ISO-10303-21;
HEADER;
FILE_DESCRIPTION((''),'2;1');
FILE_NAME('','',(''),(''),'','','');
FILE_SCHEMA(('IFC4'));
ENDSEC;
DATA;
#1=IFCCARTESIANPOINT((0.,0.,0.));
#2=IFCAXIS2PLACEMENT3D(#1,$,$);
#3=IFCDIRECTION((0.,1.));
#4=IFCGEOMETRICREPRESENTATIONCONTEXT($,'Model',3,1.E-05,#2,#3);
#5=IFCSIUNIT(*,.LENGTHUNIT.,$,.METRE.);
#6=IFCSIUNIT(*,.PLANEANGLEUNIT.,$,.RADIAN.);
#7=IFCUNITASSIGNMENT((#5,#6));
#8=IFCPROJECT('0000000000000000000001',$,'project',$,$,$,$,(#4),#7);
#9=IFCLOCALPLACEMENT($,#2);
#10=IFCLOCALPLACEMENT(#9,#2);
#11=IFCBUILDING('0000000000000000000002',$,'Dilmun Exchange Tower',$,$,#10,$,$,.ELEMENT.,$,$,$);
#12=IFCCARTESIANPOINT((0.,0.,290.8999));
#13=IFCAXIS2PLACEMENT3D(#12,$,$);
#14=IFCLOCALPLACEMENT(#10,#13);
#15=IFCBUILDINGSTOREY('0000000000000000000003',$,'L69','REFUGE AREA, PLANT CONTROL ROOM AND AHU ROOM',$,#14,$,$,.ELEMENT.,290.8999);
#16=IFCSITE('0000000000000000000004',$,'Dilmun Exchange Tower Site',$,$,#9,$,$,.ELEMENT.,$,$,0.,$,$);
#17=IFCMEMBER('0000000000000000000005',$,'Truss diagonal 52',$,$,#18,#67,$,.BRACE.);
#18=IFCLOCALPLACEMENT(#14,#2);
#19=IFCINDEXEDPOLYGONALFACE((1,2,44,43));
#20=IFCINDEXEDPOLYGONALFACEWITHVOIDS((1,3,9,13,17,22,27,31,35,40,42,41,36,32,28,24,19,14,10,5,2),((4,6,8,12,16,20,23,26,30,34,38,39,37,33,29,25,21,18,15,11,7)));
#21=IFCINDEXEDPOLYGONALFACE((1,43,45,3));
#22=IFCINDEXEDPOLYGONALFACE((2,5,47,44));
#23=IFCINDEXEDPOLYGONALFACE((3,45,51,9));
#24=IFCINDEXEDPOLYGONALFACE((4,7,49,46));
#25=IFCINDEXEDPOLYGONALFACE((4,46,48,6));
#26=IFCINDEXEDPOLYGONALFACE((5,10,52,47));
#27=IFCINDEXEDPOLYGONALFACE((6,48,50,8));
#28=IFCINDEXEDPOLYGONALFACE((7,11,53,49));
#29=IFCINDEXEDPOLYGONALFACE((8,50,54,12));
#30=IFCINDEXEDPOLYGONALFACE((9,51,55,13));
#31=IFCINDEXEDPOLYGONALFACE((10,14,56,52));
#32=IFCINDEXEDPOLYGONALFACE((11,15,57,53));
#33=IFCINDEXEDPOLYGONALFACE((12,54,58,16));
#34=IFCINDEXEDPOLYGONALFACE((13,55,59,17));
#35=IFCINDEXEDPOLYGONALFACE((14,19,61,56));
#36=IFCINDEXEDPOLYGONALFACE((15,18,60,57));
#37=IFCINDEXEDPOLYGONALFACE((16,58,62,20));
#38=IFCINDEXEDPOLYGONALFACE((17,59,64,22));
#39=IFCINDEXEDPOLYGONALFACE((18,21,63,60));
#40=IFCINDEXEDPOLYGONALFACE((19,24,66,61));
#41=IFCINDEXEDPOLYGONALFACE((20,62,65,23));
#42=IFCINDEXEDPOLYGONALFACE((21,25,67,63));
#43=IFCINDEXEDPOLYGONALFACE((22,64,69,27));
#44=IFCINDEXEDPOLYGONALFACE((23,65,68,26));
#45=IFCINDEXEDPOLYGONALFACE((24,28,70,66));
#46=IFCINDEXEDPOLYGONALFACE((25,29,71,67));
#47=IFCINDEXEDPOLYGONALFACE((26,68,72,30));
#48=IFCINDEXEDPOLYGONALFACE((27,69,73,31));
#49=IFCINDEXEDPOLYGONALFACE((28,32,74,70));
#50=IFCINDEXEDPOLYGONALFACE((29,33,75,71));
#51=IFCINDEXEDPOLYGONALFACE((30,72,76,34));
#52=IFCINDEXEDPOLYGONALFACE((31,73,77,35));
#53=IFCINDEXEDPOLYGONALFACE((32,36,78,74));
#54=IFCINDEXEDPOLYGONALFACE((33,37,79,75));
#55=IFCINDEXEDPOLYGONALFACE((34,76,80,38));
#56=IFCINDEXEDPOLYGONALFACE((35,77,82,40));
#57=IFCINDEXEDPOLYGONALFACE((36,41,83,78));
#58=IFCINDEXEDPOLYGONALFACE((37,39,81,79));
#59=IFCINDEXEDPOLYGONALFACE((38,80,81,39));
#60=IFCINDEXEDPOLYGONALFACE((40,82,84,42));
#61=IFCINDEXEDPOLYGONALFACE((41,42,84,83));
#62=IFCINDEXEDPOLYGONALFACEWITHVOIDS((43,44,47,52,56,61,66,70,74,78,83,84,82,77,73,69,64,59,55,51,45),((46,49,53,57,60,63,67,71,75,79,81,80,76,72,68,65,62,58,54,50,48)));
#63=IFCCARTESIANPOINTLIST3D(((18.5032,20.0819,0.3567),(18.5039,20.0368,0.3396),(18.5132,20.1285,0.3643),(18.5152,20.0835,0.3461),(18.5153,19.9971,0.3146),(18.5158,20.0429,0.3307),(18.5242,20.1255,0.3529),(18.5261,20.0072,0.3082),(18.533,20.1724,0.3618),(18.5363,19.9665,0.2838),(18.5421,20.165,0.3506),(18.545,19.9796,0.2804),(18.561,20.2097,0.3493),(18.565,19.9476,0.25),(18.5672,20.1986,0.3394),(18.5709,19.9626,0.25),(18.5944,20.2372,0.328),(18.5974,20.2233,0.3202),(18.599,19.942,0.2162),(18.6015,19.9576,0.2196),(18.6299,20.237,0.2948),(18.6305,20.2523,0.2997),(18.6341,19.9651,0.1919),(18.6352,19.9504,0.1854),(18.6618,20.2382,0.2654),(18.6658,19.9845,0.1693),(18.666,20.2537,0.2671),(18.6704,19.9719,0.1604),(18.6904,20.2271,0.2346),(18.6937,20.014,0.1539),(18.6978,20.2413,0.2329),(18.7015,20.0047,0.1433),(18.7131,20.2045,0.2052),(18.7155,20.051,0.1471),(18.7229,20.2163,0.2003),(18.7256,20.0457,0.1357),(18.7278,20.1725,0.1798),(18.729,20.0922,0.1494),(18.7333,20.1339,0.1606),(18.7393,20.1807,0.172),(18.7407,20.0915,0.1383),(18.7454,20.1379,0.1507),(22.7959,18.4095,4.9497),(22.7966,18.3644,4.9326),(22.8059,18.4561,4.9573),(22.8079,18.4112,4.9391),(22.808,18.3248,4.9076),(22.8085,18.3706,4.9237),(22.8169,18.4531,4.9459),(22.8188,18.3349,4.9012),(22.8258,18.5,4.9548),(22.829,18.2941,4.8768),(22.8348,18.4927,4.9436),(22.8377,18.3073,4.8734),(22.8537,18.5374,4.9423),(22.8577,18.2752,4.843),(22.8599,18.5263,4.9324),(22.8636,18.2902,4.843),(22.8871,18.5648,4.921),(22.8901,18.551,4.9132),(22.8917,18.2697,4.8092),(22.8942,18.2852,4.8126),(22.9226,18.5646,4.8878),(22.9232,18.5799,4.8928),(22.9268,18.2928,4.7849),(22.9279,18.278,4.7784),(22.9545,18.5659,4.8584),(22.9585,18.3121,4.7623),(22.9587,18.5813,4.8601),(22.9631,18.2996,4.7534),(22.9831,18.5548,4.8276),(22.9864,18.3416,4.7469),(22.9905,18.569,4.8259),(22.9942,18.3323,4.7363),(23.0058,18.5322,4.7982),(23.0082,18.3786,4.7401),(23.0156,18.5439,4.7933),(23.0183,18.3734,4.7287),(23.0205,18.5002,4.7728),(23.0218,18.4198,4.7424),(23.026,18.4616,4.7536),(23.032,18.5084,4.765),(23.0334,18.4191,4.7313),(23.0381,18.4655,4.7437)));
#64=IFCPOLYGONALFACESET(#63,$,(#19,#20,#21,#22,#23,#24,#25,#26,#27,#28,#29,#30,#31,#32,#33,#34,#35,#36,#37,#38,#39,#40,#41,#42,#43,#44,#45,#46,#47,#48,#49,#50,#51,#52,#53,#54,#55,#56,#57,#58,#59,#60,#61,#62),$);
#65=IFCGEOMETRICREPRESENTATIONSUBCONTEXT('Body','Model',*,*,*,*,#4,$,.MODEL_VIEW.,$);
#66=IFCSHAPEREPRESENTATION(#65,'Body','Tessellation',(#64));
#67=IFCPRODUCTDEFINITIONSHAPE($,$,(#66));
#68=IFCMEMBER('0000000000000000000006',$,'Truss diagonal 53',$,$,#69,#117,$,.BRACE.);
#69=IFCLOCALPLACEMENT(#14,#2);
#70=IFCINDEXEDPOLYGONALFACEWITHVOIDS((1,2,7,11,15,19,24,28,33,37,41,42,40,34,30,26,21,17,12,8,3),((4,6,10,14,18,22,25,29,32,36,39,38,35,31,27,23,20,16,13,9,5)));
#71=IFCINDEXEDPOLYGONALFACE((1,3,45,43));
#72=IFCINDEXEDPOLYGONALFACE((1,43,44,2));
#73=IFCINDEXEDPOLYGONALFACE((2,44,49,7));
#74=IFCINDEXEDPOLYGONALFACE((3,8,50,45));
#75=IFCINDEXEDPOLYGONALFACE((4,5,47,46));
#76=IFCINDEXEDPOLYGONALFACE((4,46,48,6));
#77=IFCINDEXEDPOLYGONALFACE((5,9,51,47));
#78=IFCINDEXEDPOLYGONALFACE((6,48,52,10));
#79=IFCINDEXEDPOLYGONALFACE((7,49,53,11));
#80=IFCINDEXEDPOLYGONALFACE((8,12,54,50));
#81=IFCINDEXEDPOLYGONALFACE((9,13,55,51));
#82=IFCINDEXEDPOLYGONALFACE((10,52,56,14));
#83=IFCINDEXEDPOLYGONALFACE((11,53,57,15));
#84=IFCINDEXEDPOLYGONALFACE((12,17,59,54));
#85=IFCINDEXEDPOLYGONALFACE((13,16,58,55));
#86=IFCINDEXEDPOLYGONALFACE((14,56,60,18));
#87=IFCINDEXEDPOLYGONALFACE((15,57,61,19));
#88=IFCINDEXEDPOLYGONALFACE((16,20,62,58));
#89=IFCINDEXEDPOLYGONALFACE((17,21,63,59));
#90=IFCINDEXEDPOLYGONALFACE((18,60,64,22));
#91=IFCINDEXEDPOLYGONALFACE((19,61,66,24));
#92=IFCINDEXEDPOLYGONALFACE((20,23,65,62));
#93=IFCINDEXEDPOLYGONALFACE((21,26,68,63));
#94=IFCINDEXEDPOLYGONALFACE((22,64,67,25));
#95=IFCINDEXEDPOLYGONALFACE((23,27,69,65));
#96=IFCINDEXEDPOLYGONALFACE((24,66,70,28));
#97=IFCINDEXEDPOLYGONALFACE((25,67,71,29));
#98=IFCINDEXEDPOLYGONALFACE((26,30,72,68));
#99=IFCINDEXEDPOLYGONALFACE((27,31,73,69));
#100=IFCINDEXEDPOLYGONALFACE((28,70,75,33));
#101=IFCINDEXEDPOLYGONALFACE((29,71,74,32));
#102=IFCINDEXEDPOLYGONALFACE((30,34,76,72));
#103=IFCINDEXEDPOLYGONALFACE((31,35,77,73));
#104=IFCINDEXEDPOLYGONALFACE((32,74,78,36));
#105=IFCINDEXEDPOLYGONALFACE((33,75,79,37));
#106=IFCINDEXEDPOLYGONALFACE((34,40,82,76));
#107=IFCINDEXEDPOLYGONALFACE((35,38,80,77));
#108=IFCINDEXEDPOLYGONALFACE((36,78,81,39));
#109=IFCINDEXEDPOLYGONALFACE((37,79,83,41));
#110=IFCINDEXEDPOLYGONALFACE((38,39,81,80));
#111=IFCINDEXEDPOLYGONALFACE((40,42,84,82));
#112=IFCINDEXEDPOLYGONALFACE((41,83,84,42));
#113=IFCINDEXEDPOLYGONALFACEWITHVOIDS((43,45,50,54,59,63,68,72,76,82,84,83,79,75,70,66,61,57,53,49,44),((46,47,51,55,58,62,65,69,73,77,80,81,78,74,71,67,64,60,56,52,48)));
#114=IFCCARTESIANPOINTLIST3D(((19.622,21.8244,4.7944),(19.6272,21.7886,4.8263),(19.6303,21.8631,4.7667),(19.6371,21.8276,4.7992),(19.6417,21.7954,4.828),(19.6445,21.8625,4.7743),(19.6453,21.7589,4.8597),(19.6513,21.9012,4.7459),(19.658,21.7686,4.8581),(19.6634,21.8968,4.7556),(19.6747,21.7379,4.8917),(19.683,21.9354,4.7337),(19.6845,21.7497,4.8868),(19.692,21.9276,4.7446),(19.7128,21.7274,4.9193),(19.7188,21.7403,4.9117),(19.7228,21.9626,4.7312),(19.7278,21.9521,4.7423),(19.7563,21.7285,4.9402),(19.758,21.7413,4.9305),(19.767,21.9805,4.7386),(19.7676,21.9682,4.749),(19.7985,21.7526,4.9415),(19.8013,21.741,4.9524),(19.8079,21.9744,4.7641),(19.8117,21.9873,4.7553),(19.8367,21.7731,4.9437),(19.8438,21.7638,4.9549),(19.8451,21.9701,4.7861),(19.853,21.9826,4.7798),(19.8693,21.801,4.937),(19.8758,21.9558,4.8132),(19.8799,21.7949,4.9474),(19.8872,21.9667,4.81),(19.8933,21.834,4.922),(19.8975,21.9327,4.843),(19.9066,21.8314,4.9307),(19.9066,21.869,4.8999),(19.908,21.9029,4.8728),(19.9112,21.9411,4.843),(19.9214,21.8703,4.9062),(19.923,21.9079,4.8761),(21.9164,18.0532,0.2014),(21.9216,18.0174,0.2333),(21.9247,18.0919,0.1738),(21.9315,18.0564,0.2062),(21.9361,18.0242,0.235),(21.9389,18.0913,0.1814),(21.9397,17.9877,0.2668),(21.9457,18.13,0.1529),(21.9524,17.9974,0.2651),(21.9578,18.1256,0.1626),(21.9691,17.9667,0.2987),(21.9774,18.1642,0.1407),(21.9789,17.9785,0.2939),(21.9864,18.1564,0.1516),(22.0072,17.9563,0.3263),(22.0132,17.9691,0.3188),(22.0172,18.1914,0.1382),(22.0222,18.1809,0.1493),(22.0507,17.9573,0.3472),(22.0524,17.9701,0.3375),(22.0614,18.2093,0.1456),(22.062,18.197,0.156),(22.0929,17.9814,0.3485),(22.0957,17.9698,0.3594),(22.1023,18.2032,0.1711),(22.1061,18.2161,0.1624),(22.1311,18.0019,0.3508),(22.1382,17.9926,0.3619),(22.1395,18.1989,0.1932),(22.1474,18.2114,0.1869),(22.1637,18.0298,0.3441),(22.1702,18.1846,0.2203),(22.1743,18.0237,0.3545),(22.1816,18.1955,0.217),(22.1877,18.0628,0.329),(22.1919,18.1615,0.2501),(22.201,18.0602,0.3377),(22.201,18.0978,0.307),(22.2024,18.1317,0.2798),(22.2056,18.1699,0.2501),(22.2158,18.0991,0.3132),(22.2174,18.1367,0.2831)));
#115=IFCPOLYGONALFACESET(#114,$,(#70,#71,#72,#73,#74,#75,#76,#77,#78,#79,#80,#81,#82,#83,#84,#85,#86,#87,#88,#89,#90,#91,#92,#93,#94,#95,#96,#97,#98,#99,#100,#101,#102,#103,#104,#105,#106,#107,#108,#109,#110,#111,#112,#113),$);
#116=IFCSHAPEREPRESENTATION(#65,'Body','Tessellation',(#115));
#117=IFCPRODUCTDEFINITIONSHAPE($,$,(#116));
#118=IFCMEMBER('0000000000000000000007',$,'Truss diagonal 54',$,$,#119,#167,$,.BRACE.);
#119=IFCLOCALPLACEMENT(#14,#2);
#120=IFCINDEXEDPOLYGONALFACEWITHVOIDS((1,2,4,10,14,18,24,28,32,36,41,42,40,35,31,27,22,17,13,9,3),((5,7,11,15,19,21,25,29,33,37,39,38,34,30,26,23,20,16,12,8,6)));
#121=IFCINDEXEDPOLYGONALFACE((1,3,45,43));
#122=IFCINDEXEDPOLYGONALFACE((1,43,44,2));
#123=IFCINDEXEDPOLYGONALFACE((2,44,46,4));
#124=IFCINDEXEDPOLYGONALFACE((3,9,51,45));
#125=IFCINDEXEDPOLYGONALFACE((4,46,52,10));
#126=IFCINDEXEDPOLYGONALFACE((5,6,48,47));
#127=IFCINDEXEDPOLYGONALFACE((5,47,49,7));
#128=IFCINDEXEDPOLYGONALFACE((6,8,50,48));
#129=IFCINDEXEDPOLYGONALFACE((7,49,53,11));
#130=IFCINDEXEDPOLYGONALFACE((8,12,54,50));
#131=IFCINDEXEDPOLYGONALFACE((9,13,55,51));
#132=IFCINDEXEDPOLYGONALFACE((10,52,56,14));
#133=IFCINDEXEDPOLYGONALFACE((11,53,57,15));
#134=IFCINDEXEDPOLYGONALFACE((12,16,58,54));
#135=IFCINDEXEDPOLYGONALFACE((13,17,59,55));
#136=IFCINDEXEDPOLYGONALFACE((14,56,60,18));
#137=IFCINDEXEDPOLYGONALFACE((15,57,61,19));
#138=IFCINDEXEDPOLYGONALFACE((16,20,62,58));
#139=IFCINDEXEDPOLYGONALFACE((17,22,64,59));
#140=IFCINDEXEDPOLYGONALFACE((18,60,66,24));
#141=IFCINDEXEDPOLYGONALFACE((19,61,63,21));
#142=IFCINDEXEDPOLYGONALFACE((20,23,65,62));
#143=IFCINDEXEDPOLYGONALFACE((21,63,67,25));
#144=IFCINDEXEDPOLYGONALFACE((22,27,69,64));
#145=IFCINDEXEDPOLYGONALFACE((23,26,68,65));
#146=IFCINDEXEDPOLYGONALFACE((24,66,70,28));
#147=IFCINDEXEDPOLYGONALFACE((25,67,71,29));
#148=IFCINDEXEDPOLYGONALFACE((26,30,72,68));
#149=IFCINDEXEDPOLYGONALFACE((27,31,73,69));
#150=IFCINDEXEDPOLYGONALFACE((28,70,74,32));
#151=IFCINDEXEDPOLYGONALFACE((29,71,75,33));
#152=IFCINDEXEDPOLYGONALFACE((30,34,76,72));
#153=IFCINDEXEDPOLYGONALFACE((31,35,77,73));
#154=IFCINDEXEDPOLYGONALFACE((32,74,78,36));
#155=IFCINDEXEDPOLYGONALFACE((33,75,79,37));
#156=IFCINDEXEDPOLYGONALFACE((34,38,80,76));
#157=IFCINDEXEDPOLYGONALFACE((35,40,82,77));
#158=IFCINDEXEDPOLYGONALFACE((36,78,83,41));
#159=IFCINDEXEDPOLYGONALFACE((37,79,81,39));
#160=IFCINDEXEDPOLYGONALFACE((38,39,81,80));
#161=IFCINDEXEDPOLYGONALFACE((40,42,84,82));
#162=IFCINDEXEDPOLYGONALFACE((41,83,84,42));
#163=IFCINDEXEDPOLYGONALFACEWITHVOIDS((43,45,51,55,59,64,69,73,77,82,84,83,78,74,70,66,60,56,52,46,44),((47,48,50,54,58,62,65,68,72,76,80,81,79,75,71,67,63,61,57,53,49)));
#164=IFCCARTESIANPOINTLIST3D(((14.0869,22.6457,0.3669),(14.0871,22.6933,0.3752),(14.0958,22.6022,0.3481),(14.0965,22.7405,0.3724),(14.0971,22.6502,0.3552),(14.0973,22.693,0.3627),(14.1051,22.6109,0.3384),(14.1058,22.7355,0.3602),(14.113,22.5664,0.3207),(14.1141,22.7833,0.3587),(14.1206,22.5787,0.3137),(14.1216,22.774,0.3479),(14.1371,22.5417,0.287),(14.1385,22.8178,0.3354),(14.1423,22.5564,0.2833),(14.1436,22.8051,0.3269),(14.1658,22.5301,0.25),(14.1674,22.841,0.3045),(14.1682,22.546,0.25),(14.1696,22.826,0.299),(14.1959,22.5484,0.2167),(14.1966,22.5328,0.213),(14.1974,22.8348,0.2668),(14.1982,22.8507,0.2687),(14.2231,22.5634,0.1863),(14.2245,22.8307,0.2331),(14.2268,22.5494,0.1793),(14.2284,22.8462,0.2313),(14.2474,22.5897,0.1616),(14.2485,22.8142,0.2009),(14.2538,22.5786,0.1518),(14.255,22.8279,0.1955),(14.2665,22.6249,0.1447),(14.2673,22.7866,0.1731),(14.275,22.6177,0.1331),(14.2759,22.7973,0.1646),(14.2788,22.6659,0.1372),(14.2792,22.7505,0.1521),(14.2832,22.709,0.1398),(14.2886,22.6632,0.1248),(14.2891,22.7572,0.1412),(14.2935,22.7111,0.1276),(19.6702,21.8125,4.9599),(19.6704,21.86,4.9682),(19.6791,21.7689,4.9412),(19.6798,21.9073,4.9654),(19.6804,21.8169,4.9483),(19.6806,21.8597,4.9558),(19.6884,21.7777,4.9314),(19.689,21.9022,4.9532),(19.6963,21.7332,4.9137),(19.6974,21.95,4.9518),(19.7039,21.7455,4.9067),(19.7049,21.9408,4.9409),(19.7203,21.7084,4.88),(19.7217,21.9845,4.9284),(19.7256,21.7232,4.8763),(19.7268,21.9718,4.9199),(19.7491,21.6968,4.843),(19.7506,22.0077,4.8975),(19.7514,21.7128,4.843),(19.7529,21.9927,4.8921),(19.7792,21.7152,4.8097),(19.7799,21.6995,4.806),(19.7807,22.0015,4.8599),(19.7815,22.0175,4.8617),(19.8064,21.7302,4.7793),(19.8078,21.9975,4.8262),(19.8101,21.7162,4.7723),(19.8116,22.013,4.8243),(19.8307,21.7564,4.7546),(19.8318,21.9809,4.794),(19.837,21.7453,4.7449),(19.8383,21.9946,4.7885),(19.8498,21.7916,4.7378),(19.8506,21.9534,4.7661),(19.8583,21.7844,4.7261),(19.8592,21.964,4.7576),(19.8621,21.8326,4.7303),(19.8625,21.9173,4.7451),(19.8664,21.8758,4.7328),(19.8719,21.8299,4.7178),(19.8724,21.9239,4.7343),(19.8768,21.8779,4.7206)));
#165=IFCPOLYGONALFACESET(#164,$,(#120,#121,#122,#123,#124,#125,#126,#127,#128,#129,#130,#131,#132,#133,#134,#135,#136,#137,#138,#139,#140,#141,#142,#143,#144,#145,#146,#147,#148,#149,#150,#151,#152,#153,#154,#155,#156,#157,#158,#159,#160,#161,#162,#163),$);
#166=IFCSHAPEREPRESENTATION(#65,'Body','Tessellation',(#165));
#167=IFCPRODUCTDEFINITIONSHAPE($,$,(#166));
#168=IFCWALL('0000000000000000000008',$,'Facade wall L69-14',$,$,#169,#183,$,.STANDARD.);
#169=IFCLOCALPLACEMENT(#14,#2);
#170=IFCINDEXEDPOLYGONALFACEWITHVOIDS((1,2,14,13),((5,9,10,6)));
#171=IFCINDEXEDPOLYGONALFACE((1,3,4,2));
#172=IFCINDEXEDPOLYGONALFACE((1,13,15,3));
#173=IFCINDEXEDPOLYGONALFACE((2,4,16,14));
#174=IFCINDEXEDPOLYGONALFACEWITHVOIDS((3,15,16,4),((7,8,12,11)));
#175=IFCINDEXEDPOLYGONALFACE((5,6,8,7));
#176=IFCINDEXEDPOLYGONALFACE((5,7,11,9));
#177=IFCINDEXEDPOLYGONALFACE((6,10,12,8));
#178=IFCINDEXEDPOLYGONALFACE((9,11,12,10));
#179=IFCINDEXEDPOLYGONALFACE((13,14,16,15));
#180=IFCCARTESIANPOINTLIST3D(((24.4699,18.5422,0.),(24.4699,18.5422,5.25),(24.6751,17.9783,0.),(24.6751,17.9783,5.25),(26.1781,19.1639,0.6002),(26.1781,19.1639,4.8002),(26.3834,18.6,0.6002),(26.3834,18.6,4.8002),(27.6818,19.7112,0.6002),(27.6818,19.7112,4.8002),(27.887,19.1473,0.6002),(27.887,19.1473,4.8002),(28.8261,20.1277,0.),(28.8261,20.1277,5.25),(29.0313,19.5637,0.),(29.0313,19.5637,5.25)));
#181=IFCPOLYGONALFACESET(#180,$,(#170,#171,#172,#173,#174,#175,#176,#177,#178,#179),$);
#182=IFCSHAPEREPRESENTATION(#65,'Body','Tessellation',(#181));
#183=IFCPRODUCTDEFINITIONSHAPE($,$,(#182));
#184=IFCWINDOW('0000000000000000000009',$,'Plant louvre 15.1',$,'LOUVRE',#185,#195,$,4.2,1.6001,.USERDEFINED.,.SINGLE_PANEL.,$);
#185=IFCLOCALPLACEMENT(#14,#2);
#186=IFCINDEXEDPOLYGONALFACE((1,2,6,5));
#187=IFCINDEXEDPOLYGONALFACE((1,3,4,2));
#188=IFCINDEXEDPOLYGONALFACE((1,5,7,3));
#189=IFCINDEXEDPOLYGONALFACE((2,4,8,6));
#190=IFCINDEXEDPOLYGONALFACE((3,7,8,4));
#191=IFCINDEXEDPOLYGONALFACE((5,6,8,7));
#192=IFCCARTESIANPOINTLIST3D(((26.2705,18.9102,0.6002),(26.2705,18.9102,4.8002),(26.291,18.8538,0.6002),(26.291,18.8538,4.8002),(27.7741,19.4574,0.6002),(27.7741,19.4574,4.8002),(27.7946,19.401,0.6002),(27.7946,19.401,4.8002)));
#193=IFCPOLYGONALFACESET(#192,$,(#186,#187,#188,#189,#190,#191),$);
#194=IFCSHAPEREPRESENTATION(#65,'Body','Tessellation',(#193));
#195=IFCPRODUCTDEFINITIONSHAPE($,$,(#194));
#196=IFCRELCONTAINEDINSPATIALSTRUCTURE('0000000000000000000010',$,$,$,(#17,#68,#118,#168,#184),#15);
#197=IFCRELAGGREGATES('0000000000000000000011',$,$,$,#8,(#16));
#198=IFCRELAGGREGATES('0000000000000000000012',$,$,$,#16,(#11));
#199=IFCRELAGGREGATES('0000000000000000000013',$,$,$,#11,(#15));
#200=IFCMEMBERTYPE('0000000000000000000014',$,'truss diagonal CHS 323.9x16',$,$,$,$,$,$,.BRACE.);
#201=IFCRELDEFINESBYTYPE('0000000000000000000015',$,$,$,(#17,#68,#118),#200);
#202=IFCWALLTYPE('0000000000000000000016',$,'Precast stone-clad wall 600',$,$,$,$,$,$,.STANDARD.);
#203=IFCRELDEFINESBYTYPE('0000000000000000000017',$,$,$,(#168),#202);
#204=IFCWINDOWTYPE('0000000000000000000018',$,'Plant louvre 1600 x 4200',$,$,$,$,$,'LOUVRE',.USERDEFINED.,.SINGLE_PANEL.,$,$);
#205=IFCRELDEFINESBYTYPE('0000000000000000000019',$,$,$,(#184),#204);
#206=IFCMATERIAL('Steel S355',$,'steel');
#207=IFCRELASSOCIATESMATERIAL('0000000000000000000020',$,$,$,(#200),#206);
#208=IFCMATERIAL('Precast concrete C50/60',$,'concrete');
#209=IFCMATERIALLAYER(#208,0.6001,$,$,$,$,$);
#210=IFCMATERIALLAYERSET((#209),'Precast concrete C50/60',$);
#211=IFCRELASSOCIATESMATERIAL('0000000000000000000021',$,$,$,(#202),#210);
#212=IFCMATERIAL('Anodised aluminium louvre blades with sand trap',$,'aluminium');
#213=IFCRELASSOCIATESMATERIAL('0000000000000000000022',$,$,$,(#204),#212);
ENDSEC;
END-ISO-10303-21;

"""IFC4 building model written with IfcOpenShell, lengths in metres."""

from ifc_helpers import new_model, si_unit, direction, frame, frame_2d, origin, origin_2d, place, context, subcontext, project, spatial, rectangle, hollow_circle, extrude, material, layer, layer_set, material_profile, profile_set, type_object, element, fill, save


model = new_model("IFC4")

# Units and contexts
model_context = context("Model", 3, precision=1e-05, world=origin(), true_north=direction((0.0, 1.0)))
body_context = subcontext(model_context, "Body", "Model", "MODEL_VIEW")
ifc_project = project(units=[si_unit("LENGTHUNIT", "METRE"), si_unit("PLANEANGLEUNIT", "RADIAN")], contexts=[model_context])

# Site, building, storey
site_placement = place(None, origin())
site = spatial("IfcSite", under=ifc_project, at=site_placement, Name="Dilmun Exchange Tower Site", CompositionType="ELEMENT", RefElevation=0.0)
building_placement = place(site_placement, origin())
building = spatial("IfcBuilding", under=site, at=building_placement, Name="Dilmun Exchange Tower", CompositionType="ELEMENT")
storey_placement = place(building_placement, frame((0.0, 0.0, 290.8999)))
storey = spatial("IfcBuildingStorey", under=building, at=storey_placement, Name="L69", Description="REFUGE AREA, PLANT CONTROL ROOM AND AHU ROOM", CompositionType="ELEMENT", Elevation=290.8999)

# Shared definitions
ifc_material_1 = material(Name="Steel S355", Category="steel")

# Members
ifc_material_profile_1 = material_profile(ifc_material_1, hollow_circle(Radius=0.1619, WallThickness=0.0161, at=origin_2d()), Name="CHS 323.9x16")
ifc_profile_set_1 = profile_set([ifc_material_profile_1], Name="Steel S355")
member_type = type_object("IfcMemberType", Name="truss diagonal CHS 323.9x16", PredefinedType="BRACE", material=ifc_profile_set_1)
member_1_placement = place(storey_placement, frame((22.9165, 18.426, 4.843), z_axis=(-0.659872, 0.257074, -0.706033), x_axis=(-0.363006, -0.931787, 0.0)))
element("IfcMember", 1, at=member_1_placement, inside=storey, type_object=member_type, Name="Truss diagonal 52", PredefinedType="BRACE", context=body_context, shape_type="SweptSolid", body=[
    extrude(hollow_circle(Radius=0.1619, WallThickness=0.0161, at=origin_2d()), origin(), (0.0, 0.0, 1.0), 6.5054),
])
member_2_placement = place(storey_placement, frame((19.7729, 21.8569, 4.843), z_axis=(0.360169, -0.591991, -0.720989), x_axis=(0.85431, 0.519764, 0.0)))
element("IfcMember", 2, at=member_2_placement, inside=storey, type_object=member_type, Name="Truss diagonal 53", PredefinedType="BRACE", context=body_context, shape_type="SweptSolid", body=[
    extrude(hollow_circle(Radius=0.1619, WallThickness=0.0161, at=origin_2d()), origin(), (0.0, 0.0, 1.0), 6.3704),
])
member_3_placement = place(storey_placement, frame((19.7729, 21.8569, 4.843), z_axis=(-0.767188, 0.114496, -0.631121), x_axis=(-0.147607, -0.989046, 0.0)))
element("IfcMember", 3, at=member_3_placement, inside=storey, type_object=member_type, Name="Truss diagonal 54", PredefinedType="BRACE", context=body_context, shape_type="SweptSolid", body=[
    extrude(hollow_circle(Radius=0.1619, WallThickness=0.0161, at=origin_2d()), origin(), (0.0, 0.0, 1.0), 7.2776),
])

# Wall, opening, window
ifc_material_2 = material(Name="Precast concrete C50/60", Category="concrete")
ifc_layer_1 = layer(ifc_material_2, 0.6001)
ifc_layer_set_1 = layer_set([ifc_layer_1], Name="Precast concrete C50/60")
wall_type = type_object("IfcWallType", Name="Precast stone-clad wall 600", PredefinedType="STANDARD", material=ifc_layer_set_1)
wall_1_placement = place(storey_placement, frame((24.5725, 18.2603, 0.0), z_axis=(0.0, 0.0, 1.0), x_axis=(0.939698, 0.342005, 0.0)))
wall_1 = element("IfcWall", 4, at=wall_1_placement, inside=storey, type_object=wall_type, Name="Facade wall L69-14", PredefinedType="STANDARD", context=body_context, shape_type="SweptSolid", body=[
    extrude(rectangle(XDim=4.6357, YDim=0.6001, at=frame_2d((2.3179, 0.0))), origin(), (0.0, 0.0, 1.0), 5.25),
])
opening_1_placement = place(wall_1_placement, frame((1.8179, 0.0, 0.6001)))
opening_1 = element("IfcOpeningElement", 5, at=opening_1_placement, cuts=wall_1, PredefinedType="OPENING", context=body_context, shape_type="SweptSolid", body=[
    extrude(rectangle(XDim=1.6001, YDim=4.2, at=frame_2d((0.8, 2.1001))), frame((0.0, 0.3101, 0.0), z_axis=(0.0, -1.0, 0.0), x_axis=(1.0, 0.0, 0.0)), (0.0, 0.0, 1.0), 0.6201),
])
ifc_material_3 = material(Name="Anodised aluminium louvre blades with sand trap", Category="aluminium")
window_type_1 = type_object("IfcWindowType", Name="Plant louvre 1600 x 4200", ElementType="LOUVRE", PartitioningType="SINGLE_PANEL", PredefinedType="USERDEFINED", material=ifc_material_3)
window_1_placement = place(opening_1_placement, origin())
window_1 = element("IfcWindow", 6, at=window_1_placement, inside=storey, type_object=window_type_1, Name="Plant louvre 15.1", ObjectType="LOUVRE", OverallHeight=4.2, OverallWidth=1.6001, PartitioningType="SINGLE_PANEL", PredefinedType="USERDEFINED", context=body_context, shape_type="SweptSolid", body=[
    extrude(rectangle(XDim=1.6001, YDim=4.2, at=frame_2d((0.8, 2.1001))), frame((0.0, 0.03, 0.0), z_axis=(0.0, -1.0, 0.0), x_axis=(1.0, 0.0, 0.0)), (0.0, 0.0, 1.0), 0.0601),
])
fill(opening_1, window_1)

save(model, "model.ifc")
